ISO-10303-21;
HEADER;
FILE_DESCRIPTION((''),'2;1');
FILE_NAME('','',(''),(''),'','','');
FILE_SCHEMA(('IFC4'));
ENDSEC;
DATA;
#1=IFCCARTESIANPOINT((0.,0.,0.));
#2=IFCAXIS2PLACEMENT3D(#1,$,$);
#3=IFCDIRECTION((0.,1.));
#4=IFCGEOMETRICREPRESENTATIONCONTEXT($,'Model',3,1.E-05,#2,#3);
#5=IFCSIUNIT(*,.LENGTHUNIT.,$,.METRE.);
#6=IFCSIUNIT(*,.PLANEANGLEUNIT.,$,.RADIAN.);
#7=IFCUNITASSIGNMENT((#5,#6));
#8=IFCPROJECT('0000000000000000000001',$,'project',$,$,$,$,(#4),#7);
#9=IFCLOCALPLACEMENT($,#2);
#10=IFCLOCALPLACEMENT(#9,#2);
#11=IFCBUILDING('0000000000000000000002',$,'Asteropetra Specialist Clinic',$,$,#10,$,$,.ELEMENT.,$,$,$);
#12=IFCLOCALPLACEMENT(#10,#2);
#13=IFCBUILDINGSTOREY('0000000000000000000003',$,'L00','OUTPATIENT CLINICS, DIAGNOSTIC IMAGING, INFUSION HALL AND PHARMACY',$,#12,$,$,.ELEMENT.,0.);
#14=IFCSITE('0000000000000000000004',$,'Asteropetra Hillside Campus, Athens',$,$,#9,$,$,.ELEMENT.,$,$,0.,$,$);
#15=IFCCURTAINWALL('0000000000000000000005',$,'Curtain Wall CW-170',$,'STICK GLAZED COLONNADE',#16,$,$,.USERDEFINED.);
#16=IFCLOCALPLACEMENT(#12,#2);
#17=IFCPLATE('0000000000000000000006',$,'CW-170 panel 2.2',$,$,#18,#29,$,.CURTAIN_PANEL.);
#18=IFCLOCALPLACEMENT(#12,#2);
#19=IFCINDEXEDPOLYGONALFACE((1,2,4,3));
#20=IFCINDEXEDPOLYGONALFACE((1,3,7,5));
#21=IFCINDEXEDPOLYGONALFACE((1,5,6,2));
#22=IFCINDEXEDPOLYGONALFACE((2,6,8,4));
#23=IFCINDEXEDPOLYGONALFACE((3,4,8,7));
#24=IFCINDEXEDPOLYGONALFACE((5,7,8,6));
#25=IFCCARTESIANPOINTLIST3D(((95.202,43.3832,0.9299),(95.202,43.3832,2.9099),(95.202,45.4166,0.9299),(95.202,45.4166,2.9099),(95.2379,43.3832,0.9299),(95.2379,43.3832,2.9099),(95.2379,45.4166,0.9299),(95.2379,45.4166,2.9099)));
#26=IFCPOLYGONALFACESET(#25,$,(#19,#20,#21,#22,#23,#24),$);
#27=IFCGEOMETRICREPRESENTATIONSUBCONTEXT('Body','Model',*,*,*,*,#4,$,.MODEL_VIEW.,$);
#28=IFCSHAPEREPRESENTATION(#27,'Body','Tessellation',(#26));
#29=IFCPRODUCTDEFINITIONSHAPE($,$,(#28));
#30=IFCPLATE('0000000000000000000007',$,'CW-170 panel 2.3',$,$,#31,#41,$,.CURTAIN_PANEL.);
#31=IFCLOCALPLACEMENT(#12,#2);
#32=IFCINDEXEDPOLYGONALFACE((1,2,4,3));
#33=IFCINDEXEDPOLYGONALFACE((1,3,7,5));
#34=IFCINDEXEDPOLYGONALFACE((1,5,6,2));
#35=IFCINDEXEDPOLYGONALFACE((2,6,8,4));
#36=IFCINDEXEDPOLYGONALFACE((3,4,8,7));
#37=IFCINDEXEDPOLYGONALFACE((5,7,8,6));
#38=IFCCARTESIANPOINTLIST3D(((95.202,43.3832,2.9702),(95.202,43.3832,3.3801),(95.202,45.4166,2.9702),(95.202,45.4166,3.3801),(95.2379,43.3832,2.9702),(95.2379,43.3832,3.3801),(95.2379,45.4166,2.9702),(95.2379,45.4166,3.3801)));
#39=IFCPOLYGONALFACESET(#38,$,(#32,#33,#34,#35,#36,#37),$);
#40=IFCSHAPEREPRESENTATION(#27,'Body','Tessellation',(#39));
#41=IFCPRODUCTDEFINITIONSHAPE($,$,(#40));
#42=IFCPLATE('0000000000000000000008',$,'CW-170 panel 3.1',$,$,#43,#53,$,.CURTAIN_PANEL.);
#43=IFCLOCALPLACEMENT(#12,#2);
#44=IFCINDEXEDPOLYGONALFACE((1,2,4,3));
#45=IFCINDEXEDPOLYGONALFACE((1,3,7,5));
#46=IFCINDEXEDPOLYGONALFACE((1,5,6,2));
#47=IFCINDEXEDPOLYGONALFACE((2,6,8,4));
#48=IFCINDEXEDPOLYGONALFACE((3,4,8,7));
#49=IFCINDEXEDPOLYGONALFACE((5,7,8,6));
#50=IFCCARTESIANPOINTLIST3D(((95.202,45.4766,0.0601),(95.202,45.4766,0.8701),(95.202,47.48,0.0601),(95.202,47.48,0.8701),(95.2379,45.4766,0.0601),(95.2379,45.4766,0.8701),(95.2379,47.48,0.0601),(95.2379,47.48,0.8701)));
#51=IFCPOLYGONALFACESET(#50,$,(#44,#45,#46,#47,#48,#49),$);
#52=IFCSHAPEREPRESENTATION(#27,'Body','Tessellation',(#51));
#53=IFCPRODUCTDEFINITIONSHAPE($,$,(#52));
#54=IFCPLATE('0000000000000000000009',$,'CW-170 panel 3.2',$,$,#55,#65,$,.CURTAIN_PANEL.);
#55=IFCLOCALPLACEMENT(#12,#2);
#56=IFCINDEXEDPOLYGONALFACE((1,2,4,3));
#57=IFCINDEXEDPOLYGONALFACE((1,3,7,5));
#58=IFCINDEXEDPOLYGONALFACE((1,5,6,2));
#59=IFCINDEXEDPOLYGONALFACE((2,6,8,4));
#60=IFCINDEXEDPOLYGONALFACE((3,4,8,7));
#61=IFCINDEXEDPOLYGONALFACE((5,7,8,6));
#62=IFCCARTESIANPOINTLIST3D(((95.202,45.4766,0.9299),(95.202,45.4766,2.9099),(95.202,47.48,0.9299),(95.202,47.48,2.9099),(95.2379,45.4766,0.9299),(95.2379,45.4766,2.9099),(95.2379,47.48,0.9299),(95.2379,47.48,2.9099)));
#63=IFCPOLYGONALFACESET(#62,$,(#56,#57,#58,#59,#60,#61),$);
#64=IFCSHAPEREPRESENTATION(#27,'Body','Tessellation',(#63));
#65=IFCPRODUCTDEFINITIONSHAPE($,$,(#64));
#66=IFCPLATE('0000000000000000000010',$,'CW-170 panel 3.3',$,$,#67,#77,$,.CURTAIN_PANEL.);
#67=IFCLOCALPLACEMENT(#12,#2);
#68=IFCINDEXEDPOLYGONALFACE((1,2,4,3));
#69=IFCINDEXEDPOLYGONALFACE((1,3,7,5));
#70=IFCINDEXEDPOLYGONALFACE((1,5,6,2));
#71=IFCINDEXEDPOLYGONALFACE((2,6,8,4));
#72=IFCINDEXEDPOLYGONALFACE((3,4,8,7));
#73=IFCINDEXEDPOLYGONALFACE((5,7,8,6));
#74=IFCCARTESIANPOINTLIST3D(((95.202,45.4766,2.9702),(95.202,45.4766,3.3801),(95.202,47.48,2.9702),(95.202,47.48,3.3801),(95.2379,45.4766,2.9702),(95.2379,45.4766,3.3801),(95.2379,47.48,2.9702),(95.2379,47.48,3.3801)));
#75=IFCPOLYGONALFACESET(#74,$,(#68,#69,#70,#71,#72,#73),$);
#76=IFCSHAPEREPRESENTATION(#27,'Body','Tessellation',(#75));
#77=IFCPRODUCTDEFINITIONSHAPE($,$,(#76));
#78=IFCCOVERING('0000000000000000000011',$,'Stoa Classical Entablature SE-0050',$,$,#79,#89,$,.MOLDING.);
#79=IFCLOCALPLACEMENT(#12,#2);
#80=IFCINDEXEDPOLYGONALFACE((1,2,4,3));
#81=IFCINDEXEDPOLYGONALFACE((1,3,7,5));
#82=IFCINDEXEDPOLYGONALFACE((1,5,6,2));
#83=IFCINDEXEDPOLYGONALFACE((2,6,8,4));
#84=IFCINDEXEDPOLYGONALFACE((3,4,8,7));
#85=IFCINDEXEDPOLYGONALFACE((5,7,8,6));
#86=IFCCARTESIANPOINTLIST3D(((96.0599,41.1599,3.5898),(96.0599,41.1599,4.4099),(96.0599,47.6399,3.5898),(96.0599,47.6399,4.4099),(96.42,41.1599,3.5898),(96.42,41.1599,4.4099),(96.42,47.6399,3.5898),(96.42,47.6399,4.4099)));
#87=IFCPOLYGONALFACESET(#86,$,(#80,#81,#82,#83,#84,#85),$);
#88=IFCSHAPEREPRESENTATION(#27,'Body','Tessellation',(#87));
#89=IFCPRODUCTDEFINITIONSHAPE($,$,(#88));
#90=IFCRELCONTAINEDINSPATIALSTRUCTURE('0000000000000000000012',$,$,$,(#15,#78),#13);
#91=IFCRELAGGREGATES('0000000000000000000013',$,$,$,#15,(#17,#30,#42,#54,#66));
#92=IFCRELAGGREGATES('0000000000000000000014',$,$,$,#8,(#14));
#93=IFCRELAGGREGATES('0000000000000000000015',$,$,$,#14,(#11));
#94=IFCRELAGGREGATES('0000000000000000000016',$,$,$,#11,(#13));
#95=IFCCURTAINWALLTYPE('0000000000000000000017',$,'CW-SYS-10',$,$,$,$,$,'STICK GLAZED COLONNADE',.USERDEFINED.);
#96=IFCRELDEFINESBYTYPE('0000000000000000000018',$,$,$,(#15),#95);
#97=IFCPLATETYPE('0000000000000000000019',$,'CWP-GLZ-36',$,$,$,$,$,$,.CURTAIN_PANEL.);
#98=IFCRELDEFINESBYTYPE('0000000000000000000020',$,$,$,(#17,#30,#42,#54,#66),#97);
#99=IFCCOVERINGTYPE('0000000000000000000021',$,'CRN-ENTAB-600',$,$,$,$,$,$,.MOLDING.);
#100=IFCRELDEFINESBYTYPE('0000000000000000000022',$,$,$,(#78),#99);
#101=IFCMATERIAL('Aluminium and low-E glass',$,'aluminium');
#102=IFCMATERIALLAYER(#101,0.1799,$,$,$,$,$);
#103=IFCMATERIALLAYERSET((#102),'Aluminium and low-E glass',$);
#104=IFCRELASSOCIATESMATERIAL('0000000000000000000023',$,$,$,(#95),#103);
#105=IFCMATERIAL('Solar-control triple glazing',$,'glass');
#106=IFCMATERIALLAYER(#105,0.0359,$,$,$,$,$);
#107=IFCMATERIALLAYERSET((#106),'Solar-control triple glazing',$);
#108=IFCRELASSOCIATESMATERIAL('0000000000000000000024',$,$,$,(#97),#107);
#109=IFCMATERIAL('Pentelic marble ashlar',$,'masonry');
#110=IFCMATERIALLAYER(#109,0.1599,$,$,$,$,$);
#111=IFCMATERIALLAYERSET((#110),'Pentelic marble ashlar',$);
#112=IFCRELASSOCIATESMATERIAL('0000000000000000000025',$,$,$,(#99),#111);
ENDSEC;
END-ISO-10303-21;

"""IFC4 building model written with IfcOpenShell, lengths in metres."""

from ifc_helpers import new_model, si_unit, direction, frame, origin, origin_2d, place, context, subcontext, project, spatial, rectangle, extrude, material, layer, layer_set, type_object, element, aggregate, save


model = new_model("IFC4")

# Units and contexts
model_context = context("Model", 3, precision=1e-05, world=origin(), true_north=direction((0.0, 1.0)))
body_context = subcontext(model_context, "Body", "Model", "MODEL_VIEW")
ifc_project = project(units=[si_unit("LENGTHUNIT", "METRE"), si_unit("PLANEANGLEUNIT", "RADIAN")], contexts=[model_context])

# Site, building, storey
site_placement = place(None, origin())
site = spatial("IfcSite", under=ifc_project, at=site_placement, Name="Asteropetra Hillside Campus, Athens", CompositionType="ELEMENT", RefElevation=0.0)
building_placement = place(site_placement, origin())
building = spatial("IfcBuilding", under=site, at=building_placement, Name="Asteropetra Specialist Clinic", CompositionType="ELEMENT")
storey_placement = place(building_placement, origin())
storey = spatial("IfcBuildingStorey", under=building, at=storey_placement, Name="L00", Description="OUTPATIENT CLINICS, DIAGNOSTIC IMAGING, INFUSION HALL AND PHARMACY", CompositionType="ELEMENT", Elevation=0.0)

# Curtain wall, plates
ifc_material_1 = material(Name="Aluminium and low-E glass", Category="aluminium")
ifc_layer_1 = layer(ifc_material_1, 0.1799)
ifc_layer_set_1 = layer_set([ifc_layer_1], Name="Aluminium and low-E glass")
curtain_wall_type = type_object("IfcCurtainWallType", Name="CW-SYS-10", ElementType="STICK GLAZED COLONNADE", PredefinedType="USERDEFINED", material=ifc_layer_set_1)
curtain_wall_placement = place(storey_placement, origin())
curtain_wall = element("IfcCurtainWall", 1, at=curtain_wall_placement, inside=storey, type_object=curtain_wall_type, Name="Curtain Wall CW-170", ObjectType="STICK GLAZED COLONNADE", PredefinedType="USERDEFINED")
ifc_material_2 = material(Name="Solar-control triple glazing", Category="glass")
ifc_layer_2 = layer(ifc_material_2, 0.0359)
ifc_layer_set_2 = layer_set([ifc_layer_2], Name="Solar-control triple glazing")
plate_type = type_object("IfcPlateType", Name="CWP-GLZ-36", PredefinedType="CURTAIN_PANEL", material=ifc_layer_set_2)
plate_1_placement = place(storey_placement, frame((95.22, 44.3999, 0.9299), z_axis=(0.0, 0.0, 1.0), x_axis=(0.0, 1.0, 0.0)))
plate_1 = element("IfcPlate", 2, at=plate_1_placement, type_object=plate_type, Name="CW-170 panel 2.2", PredefinedType="CURTAIN_PANEL", context=body_context, shape_type="SweptSolid", body=[
    extrude(rectangle(XDim=2.0334, YDim=0.0359, at=origin_2d()), origin(), (0.0, 0.0, 1.0), 1.98),
])
plate_2_placement = place(storey_placement, frame((95.22, 44.3999, 2.9702), z_axis=(0.0, 0.0, 1.0), x_axis=(0.0, 1.0, 0.0)))
plate_2 = element("IfcPlate", 3, at=plate_2_placement, type_object=plate_type, Name="CW-170 panel 2.3", PredefinedType="CURTAIN_PANEL", context=body_context, shape_type="SweptSolid", body=[
    extrude(rectangle(XDim=2.0334, YDim=0.0359, at=origin_2d()), origin(), (0.0, 0.0, 1.0), 0.4099),
])
plate_3_placement = place(storey_placement, frame((95.22, 46.4783, 0.0601), z_axis=(0.0, 0.0, 1.0), x_axis=(0.0, 1.0, 0.0)))
plate_3 = element("IfcPlate", 4, at=plate_3_placement, type_object=plate_type, Name="CW-170 panel 3.1", PredefinedType="CURTAIN_PANEL", context=body_context, shape_type="SweptSolid", body=[
    extrude(rectangle(XDim=2.0034, YDim=0.0359, at=origin_2d()), origin(), (0.0, 0.0, 1.0), 0.8101),
])
plate_4_placement = place(storey_placement, frame((95.22, 46.4783, 0.9299), z_axis=(0.0, 0.0, 1.0), x_axis=(0.0, 1.0, 0.0)))
plate_4 = element("IfcPlate", 5, at=plate_4_placement, type_object=plate_type, Name="CW-170 panel 3.2", PredefinedType="CURTAIN_PANEL", context=body_context, shape_type="SweptSolid", body=[
    extrude(rectangle(XDim=2.0034, YDim=0.0359, at=origin_2d()), origin(), (0.0, 0.0, 1.0), 1.98),
])
plate_5_placement = place(storey_placement, frame((95.22, 46.4783, 2.9702), z_axis=(0.0, 0.0, 1.0), x_axis=(0.0, 1.0, 0.0)))
plate_5 = element("IfcPlate", 6, at=plate_5_placement, type_object=plate_type, Name="CW-170 panel 3.3", PredefinedType="CURTAIN_PANEL", context=body_context, shape_type="SweptSolid", body=[
    extrude(rectangle(XDim=2.0034, YDim=0.0359, at=origin_2d()), origin(), (0.0, 0.0, 1.0), 0.4099),
])
aggregate(curtain_wall, [plate_1, plate_2, plate_3, plate_4, plate_5])

# Covering
ifc_material_3 = material(Name="Pentelic marble ashlar", Category="masonry")
ifc_layer_3 = layer(ifc_material_3, 0.1599)
ifc_layer_set_3 = layer_set([ifc_layer_3], Name="Pentelic marble ashlar")
covering_type = type_object("IfcCoveringType", Name="CRN-ENTAB-600", PredefinedType="MOLDING", material=ifc_layer_set_3)
covering_placement = place(storey_placement, frame((96.24, 44.3999, 3.5898), z_axis=(0.0, 0.0, 1.0), x_axis=(1.0, 0.0, 0.0)))
element("IfcCovering", 7, at=covering_placement, inside=storey, type_object=covering_type, Name="Stoa Classical Entablature SE-0050", PredefinedType="MOLDING", context=body_context, shape_type="SweptSolid", body=[
    extrude(rectangle(XDim=0.3601, YDim=6.48, at=origin_2d()), origin(), (0.0, 0.0, 1.0), 0.8201),
])

save(model, "model.ifc")
